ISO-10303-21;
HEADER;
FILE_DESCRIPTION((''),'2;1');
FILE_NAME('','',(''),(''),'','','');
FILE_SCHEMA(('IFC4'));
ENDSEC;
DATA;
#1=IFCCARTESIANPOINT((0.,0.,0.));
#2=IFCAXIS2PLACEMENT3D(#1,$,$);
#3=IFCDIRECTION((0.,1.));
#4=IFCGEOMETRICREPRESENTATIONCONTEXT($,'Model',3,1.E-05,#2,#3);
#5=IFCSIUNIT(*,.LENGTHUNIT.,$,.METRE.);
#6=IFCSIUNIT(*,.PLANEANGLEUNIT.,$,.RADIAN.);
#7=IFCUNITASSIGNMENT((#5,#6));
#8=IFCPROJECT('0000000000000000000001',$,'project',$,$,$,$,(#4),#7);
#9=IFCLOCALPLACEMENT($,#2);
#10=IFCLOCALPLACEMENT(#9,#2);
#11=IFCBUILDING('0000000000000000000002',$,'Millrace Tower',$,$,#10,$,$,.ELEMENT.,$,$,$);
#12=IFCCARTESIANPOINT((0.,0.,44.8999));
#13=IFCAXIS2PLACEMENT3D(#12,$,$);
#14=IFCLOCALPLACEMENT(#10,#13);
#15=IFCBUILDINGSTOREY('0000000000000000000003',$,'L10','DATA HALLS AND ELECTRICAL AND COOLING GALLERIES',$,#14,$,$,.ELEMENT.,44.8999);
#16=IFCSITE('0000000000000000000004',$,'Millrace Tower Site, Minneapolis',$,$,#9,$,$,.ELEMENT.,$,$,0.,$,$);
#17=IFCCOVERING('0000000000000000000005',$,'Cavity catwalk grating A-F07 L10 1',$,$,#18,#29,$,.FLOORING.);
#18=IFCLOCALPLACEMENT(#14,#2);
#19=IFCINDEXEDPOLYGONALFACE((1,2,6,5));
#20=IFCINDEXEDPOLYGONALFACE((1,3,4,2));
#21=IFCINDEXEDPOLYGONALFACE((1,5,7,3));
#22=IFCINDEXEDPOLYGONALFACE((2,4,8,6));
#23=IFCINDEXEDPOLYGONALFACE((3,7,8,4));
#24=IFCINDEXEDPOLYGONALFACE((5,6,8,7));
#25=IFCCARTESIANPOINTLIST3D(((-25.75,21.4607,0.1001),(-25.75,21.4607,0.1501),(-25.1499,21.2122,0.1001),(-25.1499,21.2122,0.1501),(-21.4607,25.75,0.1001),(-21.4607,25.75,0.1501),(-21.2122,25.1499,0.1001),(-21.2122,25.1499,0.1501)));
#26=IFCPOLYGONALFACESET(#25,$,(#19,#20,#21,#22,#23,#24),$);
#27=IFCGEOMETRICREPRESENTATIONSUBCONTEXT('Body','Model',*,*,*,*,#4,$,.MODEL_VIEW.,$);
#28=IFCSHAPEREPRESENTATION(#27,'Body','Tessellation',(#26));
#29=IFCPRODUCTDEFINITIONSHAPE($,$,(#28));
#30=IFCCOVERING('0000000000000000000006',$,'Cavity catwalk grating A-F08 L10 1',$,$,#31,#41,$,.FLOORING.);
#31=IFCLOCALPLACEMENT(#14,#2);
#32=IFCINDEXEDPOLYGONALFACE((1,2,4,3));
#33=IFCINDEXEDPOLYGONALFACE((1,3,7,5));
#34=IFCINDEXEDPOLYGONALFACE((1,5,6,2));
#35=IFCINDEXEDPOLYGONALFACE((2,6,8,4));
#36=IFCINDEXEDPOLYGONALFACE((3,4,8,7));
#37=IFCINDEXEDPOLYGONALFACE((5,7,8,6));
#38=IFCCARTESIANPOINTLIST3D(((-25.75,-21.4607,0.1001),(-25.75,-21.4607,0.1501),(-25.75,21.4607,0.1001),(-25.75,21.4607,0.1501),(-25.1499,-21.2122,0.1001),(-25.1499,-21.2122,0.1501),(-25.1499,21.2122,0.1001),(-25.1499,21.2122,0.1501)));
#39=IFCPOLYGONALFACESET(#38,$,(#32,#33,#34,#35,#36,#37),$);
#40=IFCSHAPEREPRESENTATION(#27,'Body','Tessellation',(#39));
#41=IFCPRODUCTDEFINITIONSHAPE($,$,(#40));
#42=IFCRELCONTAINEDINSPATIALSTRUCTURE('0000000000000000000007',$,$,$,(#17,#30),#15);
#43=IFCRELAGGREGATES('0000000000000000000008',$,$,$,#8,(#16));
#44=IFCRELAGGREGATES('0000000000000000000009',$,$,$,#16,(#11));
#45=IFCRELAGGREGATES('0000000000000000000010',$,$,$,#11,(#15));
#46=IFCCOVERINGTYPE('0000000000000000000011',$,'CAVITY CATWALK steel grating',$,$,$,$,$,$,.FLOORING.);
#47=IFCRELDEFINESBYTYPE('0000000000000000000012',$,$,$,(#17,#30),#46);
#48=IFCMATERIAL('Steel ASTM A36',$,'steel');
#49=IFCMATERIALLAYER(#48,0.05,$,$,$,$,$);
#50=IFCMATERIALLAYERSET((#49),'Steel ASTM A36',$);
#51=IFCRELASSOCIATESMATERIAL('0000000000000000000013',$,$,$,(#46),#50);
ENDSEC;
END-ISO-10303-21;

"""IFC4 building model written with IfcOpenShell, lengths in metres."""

from ifc_helpers import new_model, si_unit, direction, frame, origin, place, context, subcontext, project, spatial, polyline, outline, extrude, material, layer, layer_set, type_object, element, save


model = new_model("IFC4")

# Units and contexts
model_context = context("Model", 3, precision=1e-05, world=origin(), true_north=direction((0.0, 1.0)))
body_context = subcontext(model_context, "Body", "Model", "MODEL_VIEW")
ifc_project = project(units=[si_unit("LENGTHUNIT", "METRE"), si_unit("PLANEANGLEUNIT", "RADIAN")], contexts=[model_context])

# Site, building, storey
site_placement = place(None, origin())
site = spatial("IfcSite", under=ifc_project, at=site_placement, Name="Millrace Tower Site, Minneapolis", CompositionType="ELEMENT", RefElevation=0.0)
building_placement = place(site_placement, origin())
building = spatial("IfcBuilding", under=site, at=building_placement, Name="Millrace Tower", CompositionType="ELEMENT")
storey_placement = place(building_placement, frame((0.0, 0.0, 44.8999)))
storey = spatial("IfcBuildingStorey", under=building, at=storey_placement, Name="L10", Description="DATA HALLS AND ELECTRICAL AND COOLING GALLERIES", CompositionType="ELEMENT", Elevation=44.8999)

# Coverings
ifc_material_1 = material(Name="Steel ASTM A36", Category="steel")
ifc_layer_1 = layer(ifc_material_1, 0.05)
ifc_layer_set_1 = layer_set([ifc_layer_1], Name="Steel ASTM A36")
covering_type = type_object("IfcCoveringType", Name="CAVITY CATWALK steel grating", PredefinedType="FLOORING", material=ifc_layer_set_1)
placement_1 = place(storey_placement, frame((0.0, 0.0, 0.1001)))
element("IfcCovering", 1, at=placement_1, inside=storey, type_object=covering_type, Name="Cavity catwalk grating A-F07 L10 1", PredefinedType="FLOORING", context=body_context, shape_type="SweptSolid", body=[
    extrude(outline(polyline([(-21.4607, 25.75), (-25.75, 21.4607), (-25.1499, 21.2122), (-21.2122, 25.1499), (-21.4607, 25.75)])), origin(), (0.0, 0.0, 1.0), 0.05),
])
element("IfcCovering", 2, at=placement_1, inside=storey, type_object=covering_type, Name="Cavity catwalk grating A-F08 L10 1", PredefinedType="FLOORING", context=body_context, shape_type="SweptSolid", body=[
    extrude(outline(polyline([(-25.75, 21.4607), (-25.75, -21.4607), (-25.1499, -21.2122), (-25.1499, 21.2122), (-25.75, 21.4607)])), origin(), (0.0, 0.0, 1.0), 0.05),
])

save(model, "model.ifc")
